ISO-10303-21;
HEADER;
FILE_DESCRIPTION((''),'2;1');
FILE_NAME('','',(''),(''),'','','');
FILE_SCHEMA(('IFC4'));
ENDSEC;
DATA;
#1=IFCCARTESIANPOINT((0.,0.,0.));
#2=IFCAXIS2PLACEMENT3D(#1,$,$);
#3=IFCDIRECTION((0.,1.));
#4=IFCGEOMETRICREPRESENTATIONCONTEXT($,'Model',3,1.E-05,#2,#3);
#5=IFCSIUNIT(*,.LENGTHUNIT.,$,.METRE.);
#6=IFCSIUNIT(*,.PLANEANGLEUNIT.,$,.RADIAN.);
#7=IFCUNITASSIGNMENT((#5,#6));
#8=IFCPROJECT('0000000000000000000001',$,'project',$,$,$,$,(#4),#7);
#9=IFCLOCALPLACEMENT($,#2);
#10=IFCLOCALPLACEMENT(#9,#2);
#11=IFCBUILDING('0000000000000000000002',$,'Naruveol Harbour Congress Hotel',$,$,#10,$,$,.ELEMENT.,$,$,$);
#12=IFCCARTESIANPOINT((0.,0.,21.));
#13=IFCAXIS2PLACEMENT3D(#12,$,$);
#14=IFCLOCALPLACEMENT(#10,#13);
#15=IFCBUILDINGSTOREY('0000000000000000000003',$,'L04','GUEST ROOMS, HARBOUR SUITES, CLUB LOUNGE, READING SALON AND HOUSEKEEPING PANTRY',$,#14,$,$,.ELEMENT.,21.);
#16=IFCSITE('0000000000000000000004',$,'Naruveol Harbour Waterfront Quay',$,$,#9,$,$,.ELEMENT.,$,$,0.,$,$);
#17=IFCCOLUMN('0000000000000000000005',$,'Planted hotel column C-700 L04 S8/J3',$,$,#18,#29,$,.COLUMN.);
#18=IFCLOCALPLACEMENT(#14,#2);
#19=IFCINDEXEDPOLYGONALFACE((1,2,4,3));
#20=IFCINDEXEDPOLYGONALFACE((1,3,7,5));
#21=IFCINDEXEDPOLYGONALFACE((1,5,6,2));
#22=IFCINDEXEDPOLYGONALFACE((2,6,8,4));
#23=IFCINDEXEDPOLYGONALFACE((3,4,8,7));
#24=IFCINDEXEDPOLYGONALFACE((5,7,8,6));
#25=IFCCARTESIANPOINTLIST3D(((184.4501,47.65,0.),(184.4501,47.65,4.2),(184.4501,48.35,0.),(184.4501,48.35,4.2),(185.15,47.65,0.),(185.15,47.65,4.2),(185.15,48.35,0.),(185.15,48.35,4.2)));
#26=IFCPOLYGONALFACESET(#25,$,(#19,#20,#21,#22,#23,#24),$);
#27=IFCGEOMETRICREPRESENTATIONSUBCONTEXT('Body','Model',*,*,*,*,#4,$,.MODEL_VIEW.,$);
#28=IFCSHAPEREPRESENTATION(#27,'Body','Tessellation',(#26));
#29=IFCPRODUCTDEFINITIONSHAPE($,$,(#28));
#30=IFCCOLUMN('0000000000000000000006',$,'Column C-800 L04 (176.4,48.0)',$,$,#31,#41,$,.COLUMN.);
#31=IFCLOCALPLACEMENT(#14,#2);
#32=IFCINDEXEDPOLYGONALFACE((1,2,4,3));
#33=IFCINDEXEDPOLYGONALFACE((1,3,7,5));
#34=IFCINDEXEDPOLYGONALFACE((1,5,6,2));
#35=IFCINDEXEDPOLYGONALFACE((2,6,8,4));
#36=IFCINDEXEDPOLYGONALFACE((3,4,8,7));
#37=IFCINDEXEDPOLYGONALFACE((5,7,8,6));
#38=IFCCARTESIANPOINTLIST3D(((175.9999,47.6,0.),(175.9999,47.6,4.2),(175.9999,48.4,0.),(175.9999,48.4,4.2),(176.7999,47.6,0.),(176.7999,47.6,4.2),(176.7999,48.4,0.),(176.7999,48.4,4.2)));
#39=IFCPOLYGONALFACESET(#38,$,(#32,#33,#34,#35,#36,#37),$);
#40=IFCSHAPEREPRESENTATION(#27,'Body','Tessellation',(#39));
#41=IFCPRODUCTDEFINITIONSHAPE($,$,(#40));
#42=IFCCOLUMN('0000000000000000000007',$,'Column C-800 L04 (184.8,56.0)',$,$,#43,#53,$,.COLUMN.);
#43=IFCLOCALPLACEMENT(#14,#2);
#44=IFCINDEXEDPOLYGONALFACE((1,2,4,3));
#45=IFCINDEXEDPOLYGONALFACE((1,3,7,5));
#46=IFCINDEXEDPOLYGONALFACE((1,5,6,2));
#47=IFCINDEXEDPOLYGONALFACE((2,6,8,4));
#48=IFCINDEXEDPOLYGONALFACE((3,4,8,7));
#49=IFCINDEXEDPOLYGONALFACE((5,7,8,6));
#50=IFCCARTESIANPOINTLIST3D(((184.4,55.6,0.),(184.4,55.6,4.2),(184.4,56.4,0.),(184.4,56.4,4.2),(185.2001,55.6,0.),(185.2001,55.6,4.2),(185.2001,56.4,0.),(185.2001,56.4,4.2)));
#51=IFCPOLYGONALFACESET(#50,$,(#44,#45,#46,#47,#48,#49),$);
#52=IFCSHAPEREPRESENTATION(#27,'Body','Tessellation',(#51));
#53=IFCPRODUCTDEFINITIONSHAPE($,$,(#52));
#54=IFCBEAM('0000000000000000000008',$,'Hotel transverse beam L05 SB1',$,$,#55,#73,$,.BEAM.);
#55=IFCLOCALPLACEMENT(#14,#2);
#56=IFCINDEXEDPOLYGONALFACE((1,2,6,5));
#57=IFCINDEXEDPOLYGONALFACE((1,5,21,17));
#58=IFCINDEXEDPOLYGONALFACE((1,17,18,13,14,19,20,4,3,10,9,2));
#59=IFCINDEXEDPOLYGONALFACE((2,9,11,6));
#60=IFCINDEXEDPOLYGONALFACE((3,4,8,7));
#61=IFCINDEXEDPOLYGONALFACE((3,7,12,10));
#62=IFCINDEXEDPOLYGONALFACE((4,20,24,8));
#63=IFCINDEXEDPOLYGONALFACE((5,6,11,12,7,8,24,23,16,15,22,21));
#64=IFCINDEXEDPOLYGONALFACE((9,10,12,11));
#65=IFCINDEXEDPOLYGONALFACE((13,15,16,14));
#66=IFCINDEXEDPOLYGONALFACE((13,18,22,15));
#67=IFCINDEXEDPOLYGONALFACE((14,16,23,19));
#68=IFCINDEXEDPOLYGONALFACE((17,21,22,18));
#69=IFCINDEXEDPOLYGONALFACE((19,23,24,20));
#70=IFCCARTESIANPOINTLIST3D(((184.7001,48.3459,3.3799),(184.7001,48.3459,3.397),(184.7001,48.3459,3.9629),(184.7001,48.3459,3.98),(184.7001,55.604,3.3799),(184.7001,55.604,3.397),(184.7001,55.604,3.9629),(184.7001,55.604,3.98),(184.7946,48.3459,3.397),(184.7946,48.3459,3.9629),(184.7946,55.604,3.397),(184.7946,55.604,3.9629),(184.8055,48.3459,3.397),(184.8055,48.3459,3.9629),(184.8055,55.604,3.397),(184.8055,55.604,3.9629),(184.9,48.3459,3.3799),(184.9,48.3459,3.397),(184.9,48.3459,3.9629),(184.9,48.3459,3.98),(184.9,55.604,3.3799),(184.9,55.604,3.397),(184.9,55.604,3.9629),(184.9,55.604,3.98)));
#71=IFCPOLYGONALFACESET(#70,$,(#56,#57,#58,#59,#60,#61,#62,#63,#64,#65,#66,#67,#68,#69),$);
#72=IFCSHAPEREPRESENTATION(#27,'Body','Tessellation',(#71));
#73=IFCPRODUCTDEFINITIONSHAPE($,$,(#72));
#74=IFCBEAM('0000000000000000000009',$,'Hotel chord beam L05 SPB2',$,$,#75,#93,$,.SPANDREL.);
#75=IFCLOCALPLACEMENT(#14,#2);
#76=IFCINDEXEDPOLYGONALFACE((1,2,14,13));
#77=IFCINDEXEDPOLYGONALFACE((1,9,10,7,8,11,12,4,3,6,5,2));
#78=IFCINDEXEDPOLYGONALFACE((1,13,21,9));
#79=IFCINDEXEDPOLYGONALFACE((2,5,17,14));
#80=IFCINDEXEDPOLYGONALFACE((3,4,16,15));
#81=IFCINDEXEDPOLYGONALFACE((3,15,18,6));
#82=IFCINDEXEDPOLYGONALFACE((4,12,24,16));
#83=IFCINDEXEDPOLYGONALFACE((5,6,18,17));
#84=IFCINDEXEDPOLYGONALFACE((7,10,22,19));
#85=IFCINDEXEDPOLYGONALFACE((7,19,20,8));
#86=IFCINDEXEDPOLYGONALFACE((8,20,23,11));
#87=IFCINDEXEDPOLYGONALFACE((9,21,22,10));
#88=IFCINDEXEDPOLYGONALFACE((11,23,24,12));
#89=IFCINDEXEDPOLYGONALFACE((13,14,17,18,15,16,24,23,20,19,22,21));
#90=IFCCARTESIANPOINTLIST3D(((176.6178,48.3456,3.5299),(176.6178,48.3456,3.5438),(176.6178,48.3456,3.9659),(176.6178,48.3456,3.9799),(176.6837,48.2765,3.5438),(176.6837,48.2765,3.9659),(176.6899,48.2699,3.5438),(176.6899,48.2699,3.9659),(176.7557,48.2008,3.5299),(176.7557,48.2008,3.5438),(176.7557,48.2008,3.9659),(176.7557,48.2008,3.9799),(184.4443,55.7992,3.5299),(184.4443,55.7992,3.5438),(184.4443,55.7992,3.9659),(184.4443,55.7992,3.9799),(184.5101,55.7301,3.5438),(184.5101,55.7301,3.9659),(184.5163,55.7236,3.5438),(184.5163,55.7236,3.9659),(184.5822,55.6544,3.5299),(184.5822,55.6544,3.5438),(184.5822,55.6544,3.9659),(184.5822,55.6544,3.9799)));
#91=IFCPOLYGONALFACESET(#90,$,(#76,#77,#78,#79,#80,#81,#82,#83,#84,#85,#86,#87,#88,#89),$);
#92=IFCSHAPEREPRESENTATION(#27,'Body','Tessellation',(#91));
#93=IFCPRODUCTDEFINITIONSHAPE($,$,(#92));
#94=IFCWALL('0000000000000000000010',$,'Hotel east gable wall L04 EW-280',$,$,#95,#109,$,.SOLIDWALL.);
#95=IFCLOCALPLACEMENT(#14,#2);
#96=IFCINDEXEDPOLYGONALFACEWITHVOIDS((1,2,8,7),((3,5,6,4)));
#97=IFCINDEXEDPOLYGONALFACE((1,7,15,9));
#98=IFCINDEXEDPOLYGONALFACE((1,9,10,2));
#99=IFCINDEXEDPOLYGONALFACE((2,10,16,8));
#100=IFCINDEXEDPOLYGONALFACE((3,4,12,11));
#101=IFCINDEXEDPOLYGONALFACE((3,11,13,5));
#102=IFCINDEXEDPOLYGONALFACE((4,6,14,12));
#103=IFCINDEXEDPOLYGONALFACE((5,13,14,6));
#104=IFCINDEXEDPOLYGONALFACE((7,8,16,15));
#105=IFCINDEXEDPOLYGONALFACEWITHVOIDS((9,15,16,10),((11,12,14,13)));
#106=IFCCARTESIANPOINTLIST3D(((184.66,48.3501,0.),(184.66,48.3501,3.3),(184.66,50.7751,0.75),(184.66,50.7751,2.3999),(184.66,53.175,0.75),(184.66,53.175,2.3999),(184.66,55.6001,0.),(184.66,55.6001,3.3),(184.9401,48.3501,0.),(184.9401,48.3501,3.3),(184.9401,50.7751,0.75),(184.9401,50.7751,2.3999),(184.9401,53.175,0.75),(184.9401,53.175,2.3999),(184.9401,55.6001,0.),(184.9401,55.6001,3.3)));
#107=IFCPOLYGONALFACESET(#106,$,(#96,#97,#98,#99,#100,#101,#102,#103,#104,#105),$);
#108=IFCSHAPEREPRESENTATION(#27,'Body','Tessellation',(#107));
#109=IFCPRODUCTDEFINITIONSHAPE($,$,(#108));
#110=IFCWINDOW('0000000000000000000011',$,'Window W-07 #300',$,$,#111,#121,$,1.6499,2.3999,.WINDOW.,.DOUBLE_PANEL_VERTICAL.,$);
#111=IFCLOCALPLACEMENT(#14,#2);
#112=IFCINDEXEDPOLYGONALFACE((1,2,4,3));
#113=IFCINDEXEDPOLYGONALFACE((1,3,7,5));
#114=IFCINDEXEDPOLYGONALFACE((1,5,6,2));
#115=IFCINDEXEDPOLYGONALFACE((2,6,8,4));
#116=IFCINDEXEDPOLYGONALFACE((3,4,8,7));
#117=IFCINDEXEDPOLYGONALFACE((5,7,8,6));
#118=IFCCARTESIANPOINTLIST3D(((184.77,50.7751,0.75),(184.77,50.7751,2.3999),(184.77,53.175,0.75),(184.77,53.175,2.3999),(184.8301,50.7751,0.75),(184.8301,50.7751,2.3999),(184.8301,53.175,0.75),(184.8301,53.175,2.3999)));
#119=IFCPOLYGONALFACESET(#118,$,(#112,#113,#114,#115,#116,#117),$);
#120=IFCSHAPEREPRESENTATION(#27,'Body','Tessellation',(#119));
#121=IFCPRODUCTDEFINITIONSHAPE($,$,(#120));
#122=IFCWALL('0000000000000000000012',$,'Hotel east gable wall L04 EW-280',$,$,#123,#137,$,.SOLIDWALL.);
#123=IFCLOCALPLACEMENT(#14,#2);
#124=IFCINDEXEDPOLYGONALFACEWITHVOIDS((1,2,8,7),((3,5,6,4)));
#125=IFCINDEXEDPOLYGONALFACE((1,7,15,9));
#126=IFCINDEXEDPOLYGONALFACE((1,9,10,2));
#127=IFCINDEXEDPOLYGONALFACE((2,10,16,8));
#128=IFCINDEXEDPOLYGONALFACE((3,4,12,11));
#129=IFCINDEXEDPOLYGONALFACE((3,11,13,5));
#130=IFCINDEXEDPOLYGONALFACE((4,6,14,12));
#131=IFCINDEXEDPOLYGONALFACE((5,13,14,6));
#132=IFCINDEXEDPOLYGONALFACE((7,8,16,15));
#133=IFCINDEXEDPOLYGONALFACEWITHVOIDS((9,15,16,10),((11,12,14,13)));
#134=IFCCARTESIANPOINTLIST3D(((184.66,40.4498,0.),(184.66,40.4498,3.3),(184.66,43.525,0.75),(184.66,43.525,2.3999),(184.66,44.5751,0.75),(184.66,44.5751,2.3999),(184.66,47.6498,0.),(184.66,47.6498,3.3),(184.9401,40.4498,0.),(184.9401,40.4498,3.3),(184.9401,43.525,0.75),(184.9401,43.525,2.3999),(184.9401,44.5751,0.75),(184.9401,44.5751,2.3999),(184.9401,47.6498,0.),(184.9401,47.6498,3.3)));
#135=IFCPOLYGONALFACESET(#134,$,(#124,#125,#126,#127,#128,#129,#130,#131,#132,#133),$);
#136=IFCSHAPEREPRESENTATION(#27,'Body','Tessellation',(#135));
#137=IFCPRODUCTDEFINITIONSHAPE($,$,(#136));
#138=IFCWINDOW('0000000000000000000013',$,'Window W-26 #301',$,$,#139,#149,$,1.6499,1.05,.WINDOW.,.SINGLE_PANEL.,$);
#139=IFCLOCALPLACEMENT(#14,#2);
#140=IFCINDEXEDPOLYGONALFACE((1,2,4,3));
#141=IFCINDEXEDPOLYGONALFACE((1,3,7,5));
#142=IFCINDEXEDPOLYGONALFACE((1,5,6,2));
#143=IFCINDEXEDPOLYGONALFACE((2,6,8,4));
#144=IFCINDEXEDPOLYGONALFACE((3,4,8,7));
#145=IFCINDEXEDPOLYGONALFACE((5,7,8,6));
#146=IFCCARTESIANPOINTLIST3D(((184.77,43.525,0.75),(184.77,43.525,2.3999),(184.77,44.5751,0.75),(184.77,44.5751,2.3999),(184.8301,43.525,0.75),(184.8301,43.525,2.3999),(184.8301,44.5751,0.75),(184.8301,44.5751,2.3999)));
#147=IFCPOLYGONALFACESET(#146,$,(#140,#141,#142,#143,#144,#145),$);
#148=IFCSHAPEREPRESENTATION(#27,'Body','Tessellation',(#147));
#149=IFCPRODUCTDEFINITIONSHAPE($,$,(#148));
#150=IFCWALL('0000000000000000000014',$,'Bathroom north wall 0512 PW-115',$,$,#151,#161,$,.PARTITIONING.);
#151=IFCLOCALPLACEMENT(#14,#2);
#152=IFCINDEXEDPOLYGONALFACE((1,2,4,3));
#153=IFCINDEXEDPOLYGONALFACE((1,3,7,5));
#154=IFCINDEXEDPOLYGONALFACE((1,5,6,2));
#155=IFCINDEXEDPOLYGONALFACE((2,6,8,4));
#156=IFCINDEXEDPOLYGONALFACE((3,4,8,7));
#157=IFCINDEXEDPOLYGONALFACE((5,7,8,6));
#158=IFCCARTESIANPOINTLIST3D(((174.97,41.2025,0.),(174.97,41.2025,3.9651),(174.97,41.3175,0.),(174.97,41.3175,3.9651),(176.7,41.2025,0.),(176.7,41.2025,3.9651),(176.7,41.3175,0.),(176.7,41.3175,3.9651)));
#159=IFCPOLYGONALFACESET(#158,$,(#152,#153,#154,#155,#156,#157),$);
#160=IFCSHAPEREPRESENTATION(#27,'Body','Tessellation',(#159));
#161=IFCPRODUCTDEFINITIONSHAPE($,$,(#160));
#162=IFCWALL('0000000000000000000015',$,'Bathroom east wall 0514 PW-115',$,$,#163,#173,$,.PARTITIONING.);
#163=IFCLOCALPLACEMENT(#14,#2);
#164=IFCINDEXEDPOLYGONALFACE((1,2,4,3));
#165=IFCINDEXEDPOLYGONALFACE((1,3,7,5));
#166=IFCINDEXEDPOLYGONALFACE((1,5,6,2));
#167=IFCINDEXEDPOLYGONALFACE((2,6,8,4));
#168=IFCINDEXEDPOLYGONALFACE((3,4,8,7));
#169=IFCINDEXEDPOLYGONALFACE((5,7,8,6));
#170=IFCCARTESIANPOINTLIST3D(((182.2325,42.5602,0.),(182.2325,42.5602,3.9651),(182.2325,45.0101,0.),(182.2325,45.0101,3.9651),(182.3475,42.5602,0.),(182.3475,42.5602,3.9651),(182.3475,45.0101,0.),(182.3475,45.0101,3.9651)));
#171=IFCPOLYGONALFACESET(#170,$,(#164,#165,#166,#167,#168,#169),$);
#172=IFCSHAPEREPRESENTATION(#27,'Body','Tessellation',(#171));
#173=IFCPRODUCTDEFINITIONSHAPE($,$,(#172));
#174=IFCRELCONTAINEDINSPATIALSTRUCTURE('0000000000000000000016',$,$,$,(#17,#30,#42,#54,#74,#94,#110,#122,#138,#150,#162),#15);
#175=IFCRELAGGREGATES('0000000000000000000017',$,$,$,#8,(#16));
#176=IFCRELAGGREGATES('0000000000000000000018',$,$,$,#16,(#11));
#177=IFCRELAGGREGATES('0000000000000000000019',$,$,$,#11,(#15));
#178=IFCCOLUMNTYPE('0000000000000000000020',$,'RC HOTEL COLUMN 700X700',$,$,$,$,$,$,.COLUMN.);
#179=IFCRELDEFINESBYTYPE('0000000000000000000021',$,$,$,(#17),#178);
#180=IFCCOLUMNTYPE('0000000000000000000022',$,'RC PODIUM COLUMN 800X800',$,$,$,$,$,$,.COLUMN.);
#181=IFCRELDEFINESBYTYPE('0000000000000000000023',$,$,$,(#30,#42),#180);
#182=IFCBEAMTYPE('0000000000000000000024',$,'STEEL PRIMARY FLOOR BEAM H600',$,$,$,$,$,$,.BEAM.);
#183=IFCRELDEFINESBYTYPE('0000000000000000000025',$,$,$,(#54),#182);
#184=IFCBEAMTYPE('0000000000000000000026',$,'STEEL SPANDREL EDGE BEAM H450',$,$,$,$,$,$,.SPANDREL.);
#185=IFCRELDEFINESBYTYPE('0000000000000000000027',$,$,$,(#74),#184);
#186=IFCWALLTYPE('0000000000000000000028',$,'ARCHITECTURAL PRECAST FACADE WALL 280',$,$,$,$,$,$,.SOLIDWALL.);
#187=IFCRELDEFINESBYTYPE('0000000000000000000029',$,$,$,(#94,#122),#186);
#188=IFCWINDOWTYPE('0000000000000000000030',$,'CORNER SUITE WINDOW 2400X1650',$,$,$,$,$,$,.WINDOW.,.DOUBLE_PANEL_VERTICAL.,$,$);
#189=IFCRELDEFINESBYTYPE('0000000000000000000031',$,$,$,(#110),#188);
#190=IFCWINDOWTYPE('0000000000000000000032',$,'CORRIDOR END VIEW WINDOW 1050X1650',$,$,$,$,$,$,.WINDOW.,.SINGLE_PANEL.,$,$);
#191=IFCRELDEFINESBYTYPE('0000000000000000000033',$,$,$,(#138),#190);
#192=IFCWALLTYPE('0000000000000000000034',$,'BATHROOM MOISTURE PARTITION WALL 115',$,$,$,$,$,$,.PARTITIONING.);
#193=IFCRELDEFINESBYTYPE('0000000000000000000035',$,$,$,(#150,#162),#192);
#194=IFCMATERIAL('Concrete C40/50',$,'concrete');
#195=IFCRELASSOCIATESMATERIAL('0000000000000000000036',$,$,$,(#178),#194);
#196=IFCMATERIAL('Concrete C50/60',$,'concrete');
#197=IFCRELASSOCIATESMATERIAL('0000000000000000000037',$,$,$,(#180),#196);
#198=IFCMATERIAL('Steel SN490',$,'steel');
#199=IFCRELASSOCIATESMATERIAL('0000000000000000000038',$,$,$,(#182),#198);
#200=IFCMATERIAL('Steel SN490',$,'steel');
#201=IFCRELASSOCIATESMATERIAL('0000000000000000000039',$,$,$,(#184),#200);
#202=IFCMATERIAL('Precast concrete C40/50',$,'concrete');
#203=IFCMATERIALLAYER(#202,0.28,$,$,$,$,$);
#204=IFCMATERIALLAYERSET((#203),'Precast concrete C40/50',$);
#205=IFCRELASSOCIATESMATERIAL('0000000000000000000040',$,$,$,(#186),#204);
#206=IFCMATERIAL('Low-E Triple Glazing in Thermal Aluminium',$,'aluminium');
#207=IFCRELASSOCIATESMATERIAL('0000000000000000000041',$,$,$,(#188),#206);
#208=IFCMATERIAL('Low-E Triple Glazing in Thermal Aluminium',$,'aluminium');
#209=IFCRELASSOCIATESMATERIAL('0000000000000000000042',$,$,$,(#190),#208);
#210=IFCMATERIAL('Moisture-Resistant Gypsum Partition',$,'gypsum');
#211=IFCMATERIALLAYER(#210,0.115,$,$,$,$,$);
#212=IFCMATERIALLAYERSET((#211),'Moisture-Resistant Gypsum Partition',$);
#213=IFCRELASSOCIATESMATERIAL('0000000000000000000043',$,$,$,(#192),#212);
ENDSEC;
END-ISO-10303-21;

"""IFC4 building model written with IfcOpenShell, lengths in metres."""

from ifc_helpers import new_model, si_unit, direction, frame, frame_2d, origin, origin_2d, place, context, subcontext, project, spatial, rectangle, i_section, extrude, material, layer, layer_set, material_profile, profile_set, type_object, element, fill, save


model = new_model("IFC4")

# Units and contexts
model_context = context("Model", 3, precision=1e-05, world=origin(), true_north=direction((0.0, 1.0)))
body_context = subcontext(model_context, "Body", "Model", "MODEL_VIEW")
ifc_project = project(units=[si_unit("LENGTHUNIT", "METRE"), si_unit("PLANEANGLEUNIT", "RADIAN")], contexts=[model_context])

# Site, building, storey
site_placement = place(None, origin())
site = spatial("IfcSite", under=ifc_project, at=site_placement, Name="Naruveol Harbour Waterfront Quay", CompositionType="ELEMENT", RefElevation=0.0)
building_placement = place(site_placement, origin())
building = spatial("IfcBuilding", under=site, at=building_placement, Name="Naruveol Harbour Congress Hotel", CompositionType="ELEMENT")
storey_placement = place(building_placement, frame((0.0, 0.0, 21.0)))
storey = spatial("IfcBuildingStorey", under=building, at=storey_placement, Name="L04", Description="GUEST ROOMS, HARBOUR SUITES, CLUB LOUNGE, READING SALON AND HOUSEKEEPING PANTRY", CompositionType="ELEMENT", Elevation=21.0)

# Columns
ifc_material_1 = material(Name="Concrete C40/50", Category="concrete")
ifc_material_profile_1 = material_profile(ifc_material_1, rectangle(XDim=0.7, YDim=0.7, at=origin_2d()), Name="RC-700x700")
ifc_profile_set_1 = profile_set([ifc_material_profile_1], Name="Concrete C40/50")
column_type_1 = type_object("IfcColumnType", Name="RC HOTEL COLUMN 700X700", PredefinedType="COLUMN", material=ifc_profile_set_1)
column_placement = place(storey_placement, frame((184.8, 48.0, 0.0), z_axis=(0.0, 0.0, 1.0), x_axis=(1.0, 0.0, 0.0)))
element("IfcColumn", 1, at=column_placement, inside=storey, type_object=column_type_1, Name="Planted hotel column C-700 L04 S8/J3", PredefinedType="COLUMN", context=body_context, shape_type="SweptSolid", body=[
    extrude(rectangle(XDim=0.7, YDim=0.7, at=origin_2d()), origin(), (0.0, 0.0, 1.0), 4.2),
])
ifc_material_2 = material(Name="Concrete C50/60", Category="concrete")
ifc_material_profile_2 = material_profile(ifc_material_2, rectangle(XDim=0.8, YDim=0.8, at=origin_2d()), Name="RC-800x800")
ifc_profile_set_2 = profile_set([ifc_material_profile_2], Name="Concrete C50/60")
column_type_2 = type_object("IfcColumnType", Name="RC PODIUM COLUMN 800X800", PredefinedType="COLUMN", material=ifc_profile_set_2)
for number, where, z_axis, x_axis, name in (
    (2, (176.3999, 48.0, 0.0), (0.0, 0.0, 1.0), (1.0, 0.0, 0.0), "Column C-800 L04 (176.4,48.0)"),
    (3, (184.8, 56.0, 0.0), (0.0, 0.0, 1.0), (1.0, 0.0, 0.0), "Column C-800 L04 (184.8,56.0)"),
):
    element("IfcColumn", number, at=place(storey_placement, frame(where, z_axis=z_axis, x_axis=x_axis)), inside=storey, type_object=column_type_2, Name=name, PredefinedType="COLUMN", context=body_context, shape_type="SweptSolid", body=[
        extrude(rectangle(XDim=0.8, YDim=0.8, at=origin_2d()), origin(), (0.0, 0.0, 1.0), 4.2),
    ])

# Beams
ifc_material_3 = material(Name="Steel SN490", Category="steel")
ifc_material_profile_3 = material_profile(ifc_material_3, i_section(OverallWidth=0.2, OverallDepth=0.6001, WebThickness=0.011, FlangeThickness=0.0171, at=origin_2d()), Name="H-600x200x11x17")
ifc_profile_set_3 = profile_set([ifc_material_profile_3], Name="Steel SN490")
beam_type_1 = type_object("IfcBeamType", Name="STEEL PRIMARY FLOOR BEAM H600", PredefinedType="BEAM", material=ifc_profile_set_3)
beam_1_placement = place(storey_placement, frame((184.8, 48.3459, 3.6799), z_axis=(0.0, 1.0, 0.0), x_axis=(-1.0, 0.0, 0.0)))
element("IfcBeam", 4, at=beam_1_placement, inside=storey, type_object=beam_type_1, Name="Hotel transverse beam L05 SB1", PredefinedType="BEAM", context=body_context, shape_type="SweptSolid", body=[
    extrude(i_section(OverallWidth=0.2, OverallDepth=0.6001, WebThickness=0.011, FlangeThickness=0.0171, at=origin_2d()), origin(), (0.0, 0.0, 1.0), 7.2581),
])
ifc_material_4 = material(Name="Steel SN490", Category="steel")
ifc_material_profile_4 = material_profile(ifc_material_4, i_section(OverallWidth=0.2, OverallDepth=0.45, WebThickness=0.009, FlangeThickness=0.0139, at=origin_2d()), Name="H-450x200x9x14")
ifc_profile_set_4 = profile_set([ifc_material_profile_4], Name="Steel SN490")
beam_type_2 = type_object("IfcBeamType", Name="STEEL SPANDREL EDGE BEAM H450", PredefinedType="SPANDREL", material=ifc_profile_set_4)
beam_2_placement = place(storey_placement, frame((176.6868, 48.2732, 3.7549), z_axis=(0.724143, 0.68965, 0.0), x_axis=(-0.68965, 0.724143, 0.0)))
element("IfcBeam", 5, at=beam_2_placement, inside=storey, type_object=beam_type_2, Name="Hotel chord beam L05 SPB2", PredefinedType="SPANDREL", context=body_context, shape_type="SweptSolid", body=[
    extrude(i_section(OverallWidth=0.2, OverallDepth=0.45, WebThickness=0.009, FlangeThickness=0.0139, at=origin_2d()), origin(), (0.0, 0.0, 1.0), 10.8079),
])

# Walls, openings, windows
ifc_material_5 = material(Name="Precast concrete C40/50", Category="concrete")
ifc_layer_1 = layer(ifc_material_5, 0.28)
ifc_layer_set_1 = layer_set([ifc_layer_1], Name="Precast concrete C40/50")
wall_type_1 = type_object("IfcWallType", Name="ARCHITECTURAL PRECAST FACADE WALL 280", PredefinedType="SOLIDWALL", material=ifc_layer_set_1)
wall_1_placement = place(storey_placement, frame((184.8, 55.6001, 0.0), z_axis=(0.0, 0.0, 1.0), x_axis=(0.0, -1.0, 0.0)))
wall_1 = element("IfcWall", 6, at=wall_1_placement, inside=storey, type_object=wall_type_1, Name="Hotel east gable wall L04 EW-280", PredefinedType="SOLIDWALL", context=body_context, shape_type="SweptSolid", body=[
    extrude(rectangle(XDim=7.25, YDim=0.28, at=frame_2d((3.625, 0.0))), origin(), (0.0, 0.0, 1.0), 3.3),
])
opening_1_placement = place(wall_1_placement, frame((2.425, 0.0, 0.75)))
opening_1 = element("IfcOpeningElement", 7, at=opening_1_placement, cuts=wall_1, PredefinedType="OPENING", context=body_context, shape_type="SweptSolid", body=[
    extrude(rectangle(XDim=2.3999, YDim=1.6499, at=frame_2d((1.2, 0.825))), frame((0.0, 0.1499, 0.0), z_axis=(0.0, -1.0, 0.0), x_axis=(1.0, 0.0, 0.0)), (0.0, 0.0, 1.0), 0.3),
])
ifc_material_6 = material(Name="Low-E Triple Glazing in Thermal Aluminium", Category="aluminium")
window_type_1 = type_object("IfcWindowType", Name="CORNER SUITE WINDOW 2400X1650", PartitioningType="DOUBLE_PANEL_VERTICAL", PredefinedType="WINDOW", material=ifc_material_6)
window_1_placement = place(opening_1_placement, origin())
window_1 = element("IfcWindow", 8, at=window_1_placement, inside=storey, type_object=window_type_1, Name="Window W-07 #300", OverallHeight=1.6499, OverallWidth=2.3999, PartitioningType="DOUBLE_PANEL_VERTICAL", PredefinedType="WINDOW", context=body_context, shape_type="SweptSolid", body=[
    extrude(rectangle(XDim=2.3999, YDim=1.6499, at=frame_2d((1.2, 0.825))), frame((0.0, 0.03, 0.0), z_axis=(0.0, -1.0, 0.0), x_axis=(1.0, 0.0, 0.0)), (0.0, 0.0, 1.0), 0.0601),
])
fill(opening_1, window_1)
wall_2_placement = place(storey_placement, frame((184.8, 47.6499, 0.0), z_axis=(0.0, 0.0, 1.0), x_axis=(0.0, -1.0, 0.0)))
wall_2 = element("IfcWall", 9, at=wall_2_placement, inside=storey, type_object=wall_type_1, Name="Hotel east gable wall L04 EW-280", PredefinedType="SOLIDWALL", context=body_context, shape_type="SweptSolid", body=[
    extrude(rectangle(XDim=7.2, YDim=0.28, at=frame_2d((3.6001, 0.0))), origin(), (0.0, 0.0, 1.0), 3.3),
])
opening_2_placement = place(wall_2_placement, frame((3.075, 0.0, 0.75)))
opening_2 = element("IfcOpeningElement", 10, at=opening_2_placement, cuts=wall_2, PredefinedType="OPENING", context=body_context, shape_type="SweptSolid", body=[
    extrude(rectangle(XDim=1.05, YDim=1.6499, at=frame_2d((0.5249, 0.825))), frame((0.0, 0.1499, 0.0), z_axis=(0.0, -1.0, 0.0), x_axis=(1.0, 0.0, 0.0)), (0.0, 0.0, 1.0), 0.3),
])
ifc_material_7 = material(Name="Low-E Triple Glazing in Thermal Aluminium", Category="aluminium")
window_type_2 = type_object("IfcWindowType", Name="CORRIDOR END VIEW WINDOW 1050X1650", PartitioningType="SINGLE_PANEL", PredefinedType="WINDOW", material=ifc_material_7)
window_2_placement = place(opening_2_placement, origin())
window_2 = element("IfcWindow", 11, at=window_2_placement, inside=storey, type_object=window_type_2, Name="Window W-26 #301", OverallHeight=1.6499, OverallWidth=1.05, PartitioningType="SINGLE_PANEL", PredefinedType="WINDOW", context=body_context, shape_type="SweptSolid", body=[
    extrude(rectangle(XDim=1.05, YDim=1.6499, at=frame_2d((0.5249, 0.825))), frame((0.0, 0.03, 0.0), z_axis=(0.0, -1.0, 0.0), x_axis=(1.0, 0.0, 0.0)), (0.0, 0.0, 1.0), 0.0601),
])
fill(opening_2, window_2)

# Wall
ifc_material_8 = material(Name="Moisture-Resistant Gypsum Partition", Category="gypsum")
ifc_layer_2 = layer(ifc_material_8, 0.115)
ifc_layer_set_2 = layer_set([ifc_layer_2], Name="Moisture-Resistant Gypsum Partition")
wall_type_2 = type_object("IfcWallType", Name="BATHROOM MOISTURE PARTITION WALL 115", PredefinedType="PARTITIONING", material=ifc_layer_set_2)
wall_3_placement = place(storey_placement, frame((174.97, 41.26, 0.0), z_axis=(0.0, 0.0, 1.0), x_axis=(1.0, 0.0, 0.0)))
element("IfcWall", 12, at=wall_3_placement, inside=storey, type_object=wall_type_2, Name="Bathroom north wall 0512 PW-115", PredefinedType="PARTITIONING", context=body_context, shape_type="SweptSolid", body=[
    extrude(rectangle(XDim=1.73, YDim=0.115, at=frame_2d((0.865, 0.0))), origin(), (0.0, 0.0, 1.0), 3.9651),
])

# Wall
wall_4_placement = place(storey_placement, frame((182.29, 42.5601, 0.0), z_axis=(0.0, 0.0, 1.0), x_axis=(0.0, 1.0, 0.0)))
element("IfcWall", 13, at=wall_4_placement, inside=storey, type_object=wall_type_2, Name="Bathroom east wall 0514 PW-115", PredefinedType="PARTITIONING", context=body_context, shape_type="SweptSolid", body=[
    extrude(rectangle(XDim=2.45, YDim=0.115, at=frame_2d((1.2251, 0.0))), origin(), (0.0, 0.0, 1.0), 3.9651),
])

save(model, "model.ifc")
